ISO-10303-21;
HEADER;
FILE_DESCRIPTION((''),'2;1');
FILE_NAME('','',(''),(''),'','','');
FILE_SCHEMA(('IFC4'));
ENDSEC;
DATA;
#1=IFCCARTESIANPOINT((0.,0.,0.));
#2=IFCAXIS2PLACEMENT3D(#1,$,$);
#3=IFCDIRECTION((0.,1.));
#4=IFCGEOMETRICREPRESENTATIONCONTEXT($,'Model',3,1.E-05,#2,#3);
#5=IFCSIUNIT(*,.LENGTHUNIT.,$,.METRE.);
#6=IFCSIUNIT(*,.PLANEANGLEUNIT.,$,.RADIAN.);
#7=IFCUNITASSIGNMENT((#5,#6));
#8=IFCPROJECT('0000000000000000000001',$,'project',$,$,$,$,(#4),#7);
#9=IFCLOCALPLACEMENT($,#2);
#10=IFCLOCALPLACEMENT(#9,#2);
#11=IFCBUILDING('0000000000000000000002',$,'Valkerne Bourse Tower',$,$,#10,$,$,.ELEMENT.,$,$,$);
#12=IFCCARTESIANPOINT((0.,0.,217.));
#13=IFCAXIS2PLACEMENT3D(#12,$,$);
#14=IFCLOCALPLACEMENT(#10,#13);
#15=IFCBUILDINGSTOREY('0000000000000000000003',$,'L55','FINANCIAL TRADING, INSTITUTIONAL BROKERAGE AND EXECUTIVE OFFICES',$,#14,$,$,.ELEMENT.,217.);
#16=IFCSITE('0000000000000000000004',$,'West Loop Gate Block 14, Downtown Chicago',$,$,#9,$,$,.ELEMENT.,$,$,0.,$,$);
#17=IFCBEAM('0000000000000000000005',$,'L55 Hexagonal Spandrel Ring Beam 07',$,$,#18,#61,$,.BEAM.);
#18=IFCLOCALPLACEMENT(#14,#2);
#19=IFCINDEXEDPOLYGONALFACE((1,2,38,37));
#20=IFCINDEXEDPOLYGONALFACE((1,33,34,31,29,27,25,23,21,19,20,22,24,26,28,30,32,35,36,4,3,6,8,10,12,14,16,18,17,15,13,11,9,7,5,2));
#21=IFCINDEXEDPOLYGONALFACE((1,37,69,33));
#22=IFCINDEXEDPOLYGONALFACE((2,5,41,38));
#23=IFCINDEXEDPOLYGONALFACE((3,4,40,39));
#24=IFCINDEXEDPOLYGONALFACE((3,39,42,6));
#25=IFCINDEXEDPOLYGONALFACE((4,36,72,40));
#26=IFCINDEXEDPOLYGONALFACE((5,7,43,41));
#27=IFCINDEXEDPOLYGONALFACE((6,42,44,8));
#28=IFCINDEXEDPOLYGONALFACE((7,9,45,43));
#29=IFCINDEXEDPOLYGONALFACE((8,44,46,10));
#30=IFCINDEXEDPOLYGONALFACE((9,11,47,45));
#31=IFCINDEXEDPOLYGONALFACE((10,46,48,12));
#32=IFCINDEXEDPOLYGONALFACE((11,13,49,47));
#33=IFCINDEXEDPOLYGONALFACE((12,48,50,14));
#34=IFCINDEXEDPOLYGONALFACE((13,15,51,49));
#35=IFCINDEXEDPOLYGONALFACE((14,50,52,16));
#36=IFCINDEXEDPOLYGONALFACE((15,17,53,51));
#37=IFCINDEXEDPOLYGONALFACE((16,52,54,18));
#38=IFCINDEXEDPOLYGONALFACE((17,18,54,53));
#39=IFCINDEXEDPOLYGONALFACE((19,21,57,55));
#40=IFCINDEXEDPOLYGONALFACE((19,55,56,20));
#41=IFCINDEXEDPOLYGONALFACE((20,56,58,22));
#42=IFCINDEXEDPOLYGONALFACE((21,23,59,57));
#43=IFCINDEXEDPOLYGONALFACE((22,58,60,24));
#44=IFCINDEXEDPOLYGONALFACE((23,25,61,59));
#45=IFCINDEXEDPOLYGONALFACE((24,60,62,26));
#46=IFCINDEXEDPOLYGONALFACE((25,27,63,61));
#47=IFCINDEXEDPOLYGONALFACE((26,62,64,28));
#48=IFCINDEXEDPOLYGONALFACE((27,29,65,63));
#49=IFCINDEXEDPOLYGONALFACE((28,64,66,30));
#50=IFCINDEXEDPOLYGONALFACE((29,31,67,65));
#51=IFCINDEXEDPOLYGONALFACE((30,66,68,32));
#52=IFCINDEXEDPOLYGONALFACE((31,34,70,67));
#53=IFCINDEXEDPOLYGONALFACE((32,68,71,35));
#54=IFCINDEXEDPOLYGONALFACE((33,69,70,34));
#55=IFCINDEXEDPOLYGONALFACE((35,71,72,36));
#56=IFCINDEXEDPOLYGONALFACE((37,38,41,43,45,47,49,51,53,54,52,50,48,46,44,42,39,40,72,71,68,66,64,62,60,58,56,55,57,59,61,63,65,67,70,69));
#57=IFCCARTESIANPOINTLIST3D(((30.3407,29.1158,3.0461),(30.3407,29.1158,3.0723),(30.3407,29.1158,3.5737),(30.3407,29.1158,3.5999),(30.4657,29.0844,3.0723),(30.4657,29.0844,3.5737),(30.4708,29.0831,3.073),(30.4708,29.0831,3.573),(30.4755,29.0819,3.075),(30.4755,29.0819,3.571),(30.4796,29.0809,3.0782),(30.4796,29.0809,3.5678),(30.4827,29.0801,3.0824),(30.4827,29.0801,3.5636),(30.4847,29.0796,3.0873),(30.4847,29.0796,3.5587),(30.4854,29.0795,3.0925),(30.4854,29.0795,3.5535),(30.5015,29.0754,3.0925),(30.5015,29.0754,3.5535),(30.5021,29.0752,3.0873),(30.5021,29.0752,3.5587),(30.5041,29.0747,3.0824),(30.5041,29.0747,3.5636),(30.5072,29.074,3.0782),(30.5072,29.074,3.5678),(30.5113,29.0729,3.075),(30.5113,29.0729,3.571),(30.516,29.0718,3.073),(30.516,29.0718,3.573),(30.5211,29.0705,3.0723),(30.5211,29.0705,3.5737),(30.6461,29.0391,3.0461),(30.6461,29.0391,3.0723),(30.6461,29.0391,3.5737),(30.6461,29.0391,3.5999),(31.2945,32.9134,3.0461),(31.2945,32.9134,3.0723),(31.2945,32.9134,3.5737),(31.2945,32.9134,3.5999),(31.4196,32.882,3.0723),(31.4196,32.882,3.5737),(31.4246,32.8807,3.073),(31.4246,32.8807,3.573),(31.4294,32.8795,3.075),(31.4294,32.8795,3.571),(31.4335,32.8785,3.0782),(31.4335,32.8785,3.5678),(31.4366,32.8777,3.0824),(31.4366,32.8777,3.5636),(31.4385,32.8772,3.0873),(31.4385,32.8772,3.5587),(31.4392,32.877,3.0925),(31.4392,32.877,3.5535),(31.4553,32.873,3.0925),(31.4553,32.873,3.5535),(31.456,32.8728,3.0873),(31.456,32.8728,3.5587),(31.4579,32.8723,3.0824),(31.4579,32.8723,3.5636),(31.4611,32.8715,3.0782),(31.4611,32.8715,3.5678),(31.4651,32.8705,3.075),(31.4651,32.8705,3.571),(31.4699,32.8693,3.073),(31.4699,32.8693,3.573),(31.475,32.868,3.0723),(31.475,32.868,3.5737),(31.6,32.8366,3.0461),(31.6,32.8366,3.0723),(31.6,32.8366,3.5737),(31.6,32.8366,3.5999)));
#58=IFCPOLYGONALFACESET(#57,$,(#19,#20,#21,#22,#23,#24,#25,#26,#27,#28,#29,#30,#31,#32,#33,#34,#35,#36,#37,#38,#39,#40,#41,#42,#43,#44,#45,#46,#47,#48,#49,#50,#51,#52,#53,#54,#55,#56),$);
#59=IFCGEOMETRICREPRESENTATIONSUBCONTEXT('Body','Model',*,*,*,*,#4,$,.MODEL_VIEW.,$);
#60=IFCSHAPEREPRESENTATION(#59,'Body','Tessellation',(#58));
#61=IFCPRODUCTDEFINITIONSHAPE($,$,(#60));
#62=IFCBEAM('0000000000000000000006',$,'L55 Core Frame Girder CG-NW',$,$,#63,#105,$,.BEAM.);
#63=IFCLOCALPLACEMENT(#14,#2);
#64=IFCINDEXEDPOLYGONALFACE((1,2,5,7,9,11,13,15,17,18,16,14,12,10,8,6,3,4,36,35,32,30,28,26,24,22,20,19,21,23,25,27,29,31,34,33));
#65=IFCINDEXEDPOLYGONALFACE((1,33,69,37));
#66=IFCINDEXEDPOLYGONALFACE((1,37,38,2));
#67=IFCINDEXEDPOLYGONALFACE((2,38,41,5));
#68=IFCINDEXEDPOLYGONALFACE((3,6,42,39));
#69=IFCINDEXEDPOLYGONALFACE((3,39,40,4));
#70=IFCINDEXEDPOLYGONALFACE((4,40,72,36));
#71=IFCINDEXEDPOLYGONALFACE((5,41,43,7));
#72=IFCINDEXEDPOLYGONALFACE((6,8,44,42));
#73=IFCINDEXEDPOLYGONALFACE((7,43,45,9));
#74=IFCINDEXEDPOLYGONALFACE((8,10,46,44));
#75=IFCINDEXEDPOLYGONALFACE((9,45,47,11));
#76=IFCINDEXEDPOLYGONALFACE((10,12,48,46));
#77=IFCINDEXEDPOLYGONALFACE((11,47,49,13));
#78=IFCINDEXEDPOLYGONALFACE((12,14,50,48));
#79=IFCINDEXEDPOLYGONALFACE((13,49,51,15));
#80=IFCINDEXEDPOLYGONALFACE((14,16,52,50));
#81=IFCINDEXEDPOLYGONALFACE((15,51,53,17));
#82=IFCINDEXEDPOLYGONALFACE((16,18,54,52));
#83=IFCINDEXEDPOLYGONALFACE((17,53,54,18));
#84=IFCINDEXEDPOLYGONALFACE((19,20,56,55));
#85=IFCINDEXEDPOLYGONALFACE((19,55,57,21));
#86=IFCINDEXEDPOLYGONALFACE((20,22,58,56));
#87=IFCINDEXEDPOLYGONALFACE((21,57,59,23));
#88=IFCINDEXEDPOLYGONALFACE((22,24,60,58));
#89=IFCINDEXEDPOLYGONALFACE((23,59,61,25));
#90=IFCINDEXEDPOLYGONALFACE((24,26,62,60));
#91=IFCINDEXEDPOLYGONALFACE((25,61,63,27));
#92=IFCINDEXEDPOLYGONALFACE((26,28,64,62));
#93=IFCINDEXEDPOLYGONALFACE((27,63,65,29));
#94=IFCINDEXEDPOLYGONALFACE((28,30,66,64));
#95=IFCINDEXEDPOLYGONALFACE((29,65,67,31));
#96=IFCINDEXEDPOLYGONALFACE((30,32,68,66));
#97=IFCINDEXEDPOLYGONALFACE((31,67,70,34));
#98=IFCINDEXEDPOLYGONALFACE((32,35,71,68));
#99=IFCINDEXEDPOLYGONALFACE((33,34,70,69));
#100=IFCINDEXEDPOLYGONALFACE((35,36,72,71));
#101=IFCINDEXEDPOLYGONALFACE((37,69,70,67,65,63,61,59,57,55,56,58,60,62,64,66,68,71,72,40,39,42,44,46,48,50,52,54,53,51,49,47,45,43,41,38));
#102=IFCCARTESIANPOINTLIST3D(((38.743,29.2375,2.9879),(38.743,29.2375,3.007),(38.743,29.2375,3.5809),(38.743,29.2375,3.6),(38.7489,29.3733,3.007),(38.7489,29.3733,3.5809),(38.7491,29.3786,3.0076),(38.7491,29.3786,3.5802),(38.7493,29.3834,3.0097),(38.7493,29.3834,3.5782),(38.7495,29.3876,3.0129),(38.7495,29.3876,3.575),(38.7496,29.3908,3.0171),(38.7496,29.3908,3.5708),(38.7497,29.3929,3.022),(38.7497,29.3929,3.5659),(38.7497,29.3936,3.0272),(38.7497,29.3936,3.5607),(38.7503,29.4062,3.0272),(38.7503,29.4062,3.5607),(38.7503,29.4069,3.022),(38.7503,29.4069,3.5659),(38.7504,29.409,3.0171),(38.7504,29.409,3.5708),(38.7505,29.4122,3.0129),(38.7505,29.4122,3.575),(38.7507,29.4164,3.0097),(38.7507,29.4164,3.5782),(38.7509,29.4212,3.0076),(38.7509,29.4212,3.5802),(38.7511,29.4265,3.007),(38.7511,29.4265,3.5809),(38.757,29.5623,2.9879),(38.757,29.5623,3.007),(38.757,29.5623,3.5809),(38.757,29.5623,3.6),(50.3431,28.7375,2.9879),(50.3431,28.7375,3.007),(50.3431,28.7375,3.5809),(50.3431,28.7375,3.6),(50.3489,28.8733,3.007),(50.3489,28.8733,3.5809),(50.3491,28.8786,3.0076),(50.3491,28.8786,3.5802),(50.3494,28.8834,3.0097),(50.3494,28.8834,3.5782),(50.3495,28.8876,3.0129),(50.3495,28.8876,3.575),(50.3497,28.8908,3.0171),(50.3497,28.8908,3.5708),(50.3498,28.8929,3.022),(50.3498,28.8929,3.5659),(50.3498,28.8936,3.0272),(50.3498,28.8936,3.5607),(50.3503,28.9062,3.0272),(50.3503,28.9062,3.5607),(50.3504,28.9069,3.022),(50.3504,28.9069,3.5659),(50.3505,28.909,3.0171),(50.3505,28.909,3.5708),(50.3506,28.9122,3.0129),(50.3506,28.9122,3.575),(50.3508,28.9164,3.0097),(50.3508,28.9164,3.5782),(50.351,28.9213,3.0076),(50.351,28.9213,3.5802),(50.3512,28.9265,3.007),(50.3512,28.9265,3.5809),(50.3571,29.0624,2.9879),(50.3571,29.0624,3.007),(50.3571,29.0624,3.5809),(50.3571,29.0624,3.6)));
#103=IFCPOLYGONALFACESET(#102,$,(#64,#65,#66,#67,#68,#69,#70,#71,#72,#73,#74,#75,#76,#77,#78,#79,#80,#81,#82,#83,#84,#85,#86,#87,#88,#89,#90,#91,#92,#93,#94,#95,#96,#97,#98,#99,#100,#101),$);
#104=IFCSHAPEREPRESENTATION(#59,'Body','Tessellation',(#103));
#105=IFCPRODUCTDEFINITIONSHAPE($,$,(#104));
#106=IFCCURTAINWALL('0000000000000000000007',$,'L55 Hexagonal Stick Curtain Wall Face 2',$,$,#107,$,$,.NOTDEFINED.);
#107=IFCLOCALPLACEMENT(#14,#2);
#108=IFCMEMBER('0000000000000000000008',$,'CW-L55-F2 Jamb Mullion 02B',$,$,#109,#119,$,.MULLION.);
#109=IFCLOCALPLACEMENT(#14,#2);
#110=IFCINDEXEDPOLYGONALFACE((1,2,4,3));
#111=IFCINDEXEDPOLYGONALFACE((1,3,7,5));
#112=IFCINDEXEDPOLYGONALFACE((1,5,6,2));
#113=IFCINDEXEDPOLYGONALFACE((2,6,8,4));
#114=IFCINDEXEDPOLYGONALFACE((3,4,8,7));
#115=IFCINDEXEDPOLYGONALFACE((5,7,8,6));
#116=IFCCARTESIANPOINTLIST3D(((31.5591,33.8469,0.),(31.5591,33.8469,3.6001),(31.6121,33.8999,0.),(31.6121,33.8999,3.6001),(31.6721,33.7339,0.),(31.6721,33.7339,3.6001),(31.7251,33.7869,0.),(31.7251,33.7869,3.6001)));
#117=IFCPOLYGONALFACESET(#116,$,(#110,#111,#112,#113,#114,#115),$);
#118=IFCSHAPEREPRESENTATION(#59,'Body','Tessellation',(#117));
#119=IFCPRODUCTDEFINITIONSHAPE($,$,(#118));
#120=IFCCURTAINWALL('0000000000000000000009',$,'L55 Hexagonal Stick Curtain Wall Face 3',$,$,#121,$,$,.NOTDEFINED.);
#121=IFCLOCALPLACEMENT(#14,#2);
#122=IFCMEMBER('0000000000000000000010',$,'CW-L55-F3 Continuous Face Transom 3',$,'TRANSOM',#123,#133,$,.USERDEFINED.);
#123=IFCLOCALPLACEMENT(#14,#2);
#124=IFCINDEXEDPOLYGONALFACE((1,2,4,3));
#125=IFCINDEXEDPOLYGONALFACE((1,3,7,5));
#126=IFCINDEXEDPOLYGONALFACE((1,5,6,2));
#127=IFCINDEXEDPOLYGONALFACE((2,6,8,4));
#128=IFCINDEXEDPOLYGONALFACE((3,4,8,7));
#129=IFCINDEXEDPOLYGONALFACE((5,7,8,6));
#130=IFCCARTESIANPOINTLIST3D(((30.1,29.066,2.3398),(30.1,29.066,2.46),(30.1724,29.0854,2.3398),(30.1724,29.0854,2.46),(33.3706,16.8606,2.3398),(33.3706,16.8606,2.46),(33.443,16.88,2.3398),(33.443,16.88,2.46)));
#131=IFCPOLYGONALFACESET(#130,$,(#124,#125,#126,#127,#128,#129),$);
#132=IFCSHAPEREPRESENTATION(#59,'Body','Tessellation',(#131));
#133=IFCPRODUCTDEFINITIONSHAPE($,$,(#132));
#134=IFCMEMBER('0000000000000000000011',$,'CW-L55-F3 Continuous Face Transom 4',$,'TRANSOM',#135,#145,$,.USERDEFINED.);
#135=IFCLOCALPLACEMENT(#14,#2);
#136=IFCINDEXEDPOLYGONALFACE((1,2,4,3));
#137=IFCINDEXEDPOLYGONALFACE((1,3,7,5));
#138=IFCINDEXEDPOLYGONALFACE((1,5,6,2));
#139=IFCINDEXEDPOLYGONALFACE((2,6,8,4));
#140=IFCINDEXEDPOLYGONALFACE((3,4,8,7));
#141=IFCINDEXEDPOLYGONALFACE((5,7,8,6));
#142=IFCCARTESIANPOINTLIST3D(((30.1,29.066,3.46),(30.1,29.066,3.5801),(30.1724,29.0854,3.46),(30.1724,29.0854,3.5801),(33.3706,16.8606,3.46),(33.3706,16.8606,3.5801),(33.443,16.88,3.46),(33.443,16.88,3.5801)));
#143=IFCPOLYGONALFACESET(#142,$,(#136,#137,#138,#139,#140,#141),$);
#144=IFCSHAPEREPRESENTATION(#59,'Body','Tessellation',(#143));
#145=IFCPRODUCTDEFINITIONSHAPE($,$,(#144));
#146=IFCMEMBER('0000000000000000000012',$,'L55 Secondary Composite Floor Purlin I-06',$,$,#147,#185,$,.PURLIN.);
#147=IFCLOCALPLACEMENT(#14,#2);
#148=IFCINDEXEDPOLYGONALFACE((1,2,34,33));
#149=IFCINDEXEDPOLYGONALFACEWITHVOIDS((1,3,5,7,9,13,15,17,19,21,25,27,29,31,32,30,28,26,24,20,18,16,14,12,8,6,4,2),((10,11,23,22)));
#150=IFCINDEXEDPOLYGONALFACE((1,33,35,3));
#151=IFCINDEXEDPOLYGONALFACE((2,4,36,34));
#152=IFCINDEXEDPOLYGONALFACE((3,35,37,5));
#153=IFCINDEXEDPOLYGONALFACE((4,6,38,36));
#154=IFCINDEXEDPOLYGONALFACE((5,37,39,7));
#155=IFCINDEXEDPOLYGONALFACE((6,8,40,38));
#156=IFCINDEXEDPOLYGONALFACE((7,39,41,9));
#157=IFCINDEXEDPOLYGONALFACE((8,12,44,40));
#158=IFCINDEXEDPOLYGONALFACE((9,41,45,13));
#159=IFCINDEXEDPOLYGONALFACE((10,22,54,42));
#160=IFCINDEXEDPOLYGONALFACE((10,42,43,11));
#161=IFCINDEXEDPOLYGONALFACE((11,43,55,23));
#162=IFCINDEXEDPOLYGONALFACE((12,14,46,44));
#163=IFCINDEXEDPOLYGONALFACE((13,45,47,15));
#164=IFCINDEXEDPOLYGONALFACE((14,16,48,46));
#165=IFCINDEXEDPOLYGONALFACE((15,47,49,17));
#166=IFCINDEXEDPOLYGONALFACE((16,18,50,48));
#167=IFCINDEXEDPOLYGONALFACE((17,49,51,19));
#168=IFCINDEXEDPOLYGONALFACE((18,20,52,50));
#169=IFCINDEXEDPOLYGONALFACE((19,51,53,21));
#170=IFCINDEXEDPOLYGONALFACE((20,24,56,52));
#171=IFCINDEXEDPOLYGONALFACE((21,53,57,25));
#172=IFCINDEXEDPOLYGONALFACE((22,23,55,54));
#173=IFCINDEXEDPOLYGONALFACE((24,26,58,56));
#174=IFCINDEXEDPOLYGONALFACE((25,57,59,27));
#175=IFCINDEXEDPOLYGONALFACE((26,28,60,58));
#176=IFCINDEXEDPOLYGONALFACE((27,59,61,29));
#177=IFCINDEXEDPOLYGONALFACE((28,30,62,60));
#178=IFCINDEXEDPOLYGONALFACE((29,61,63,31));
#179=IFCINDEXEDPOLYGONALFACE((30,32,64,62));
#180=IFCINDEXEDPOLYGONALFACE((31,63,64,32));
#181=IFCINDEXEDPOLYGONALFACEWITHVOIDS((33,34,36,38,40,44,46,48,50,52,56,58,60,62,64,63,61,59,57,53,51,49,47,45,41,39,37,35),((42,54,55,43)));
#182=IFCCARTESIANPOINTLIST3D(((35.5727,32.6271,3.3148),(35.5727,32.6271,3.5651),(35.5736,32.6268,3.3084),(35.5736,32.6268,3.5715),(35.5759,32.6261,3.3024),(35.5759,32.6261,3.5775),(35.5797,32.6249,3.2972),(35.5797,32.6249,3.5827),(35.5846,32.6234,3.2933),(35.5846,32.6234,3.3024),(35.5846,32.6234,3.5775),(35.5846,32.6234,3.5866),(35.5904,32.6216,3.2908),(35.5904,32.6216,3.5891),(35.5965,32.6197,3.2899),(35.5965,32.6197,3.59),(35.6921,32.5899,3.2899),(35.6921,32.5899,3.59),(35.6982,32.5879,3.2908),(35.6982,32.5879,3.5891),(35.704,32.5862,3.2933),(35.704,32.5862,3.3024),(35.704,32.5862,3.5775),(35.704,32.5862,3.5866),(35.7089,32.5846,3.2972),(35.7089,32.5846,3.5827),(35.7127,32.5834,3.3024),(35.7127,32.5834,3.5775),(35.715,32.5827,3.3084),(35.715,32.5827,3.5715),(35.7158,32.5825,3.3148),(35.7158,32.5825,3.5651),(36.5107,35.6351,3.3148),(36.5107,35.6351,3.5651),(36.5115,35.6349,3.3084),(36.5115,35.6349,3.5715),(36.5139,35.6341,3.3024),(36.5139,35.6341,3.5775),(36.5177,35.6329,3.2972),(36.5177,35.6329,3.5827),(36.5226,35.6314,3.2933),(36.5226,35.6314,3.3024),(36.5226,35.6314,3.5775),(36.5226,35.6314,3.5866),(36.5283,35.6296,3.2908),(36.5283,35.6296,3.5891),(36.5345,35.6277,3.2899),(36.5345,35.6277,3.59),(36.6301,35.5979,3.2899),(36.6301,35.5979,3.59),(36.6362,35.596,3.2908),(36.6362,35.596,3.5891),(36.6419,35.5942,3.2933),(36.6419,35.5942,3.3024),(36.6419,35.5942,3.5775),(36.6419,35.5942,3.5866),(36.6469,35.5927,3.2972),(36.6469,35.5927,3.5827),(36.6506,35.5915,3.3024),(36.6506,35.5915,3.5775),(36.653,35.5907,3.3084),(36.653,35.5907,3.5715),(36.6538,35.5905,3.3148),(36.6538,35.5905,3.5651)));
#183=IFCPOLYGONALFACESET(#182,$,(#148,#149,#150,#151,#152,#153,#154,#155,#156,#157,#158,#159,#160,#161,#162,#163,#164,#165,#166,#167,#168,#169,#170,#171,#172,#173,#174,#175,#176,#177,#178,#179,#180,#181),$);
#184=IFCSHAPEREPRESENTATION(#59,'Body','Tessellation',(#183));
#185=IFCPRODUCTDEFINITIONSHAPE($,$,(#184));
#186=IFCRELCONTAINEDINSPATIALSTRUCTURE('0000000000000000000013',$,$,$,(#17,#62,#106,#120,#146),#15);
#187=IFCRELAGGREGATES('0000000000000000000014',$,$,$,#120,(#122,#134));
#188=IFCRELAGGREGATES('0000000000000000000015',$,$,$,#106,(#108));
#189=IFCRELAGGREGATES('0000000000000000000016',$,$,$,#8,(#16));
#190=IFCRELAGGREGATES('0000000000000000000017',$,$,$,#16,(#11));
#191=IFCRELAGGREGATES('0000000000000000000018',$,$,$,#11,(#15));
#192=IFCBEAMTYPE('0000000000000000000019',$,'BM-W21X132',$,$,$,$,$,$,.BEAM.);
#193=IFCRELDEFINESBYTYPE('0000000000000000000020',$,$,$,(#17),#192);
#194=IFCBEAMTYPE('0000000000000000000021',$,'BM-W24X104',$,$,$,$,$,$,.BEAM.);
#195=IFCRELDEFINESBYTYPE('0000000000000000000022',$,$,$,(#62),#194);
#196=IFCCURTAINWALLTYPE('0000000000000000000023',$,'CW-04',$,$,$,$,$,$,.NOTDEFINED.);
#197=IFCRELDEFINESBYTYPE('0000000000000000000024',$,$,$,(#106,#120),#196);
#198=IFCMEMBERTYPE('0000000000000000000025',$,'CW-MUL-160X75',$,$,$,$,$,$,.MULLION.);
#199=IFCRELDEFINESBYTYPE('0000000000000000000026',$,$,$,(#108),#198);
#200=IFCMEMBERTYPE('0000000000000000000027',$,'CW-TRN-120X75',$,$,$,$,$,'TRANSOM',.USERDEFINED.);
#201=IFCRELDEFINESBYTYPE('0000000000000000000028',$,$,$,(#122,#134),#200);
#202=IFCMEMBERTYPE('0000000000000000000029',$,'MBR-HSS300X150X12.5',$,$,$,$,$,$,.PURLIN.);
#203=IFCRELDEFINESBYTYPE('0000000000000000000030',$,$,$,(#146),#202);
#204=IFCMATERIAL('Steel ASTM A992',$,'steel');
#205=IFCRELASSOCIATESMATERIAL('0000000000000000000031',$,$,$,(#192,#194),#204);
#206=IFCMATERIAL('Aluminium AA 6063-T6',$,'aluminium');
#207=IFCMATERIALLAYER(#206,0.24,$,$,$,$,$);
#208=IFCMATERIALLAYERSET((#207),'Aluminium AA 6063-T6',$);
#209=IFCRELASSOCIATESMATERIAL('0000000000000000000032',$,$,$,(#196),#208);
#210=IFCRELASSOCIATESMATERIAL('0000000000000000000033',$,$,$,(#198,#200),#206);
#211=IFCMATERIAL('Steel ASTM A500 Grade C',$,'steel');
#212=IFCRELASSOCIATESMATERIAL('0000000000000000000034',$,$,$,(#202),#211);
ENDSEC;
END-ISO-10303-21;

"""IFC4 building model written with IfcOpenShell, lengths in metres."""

from ifc_helpers import new_model, si_unit, direction, frame, origin, origin_2d, place, context, subcontext, project, spatial, rectangle, hollow_rectangle, i_section, extrude, material, layer, layer_set, material_profile, profile_set, type_object, element, aggregate, save


model = new_model("IFC4")

# Units and contexts
model_context = context("Model", 3, precision=1e-05, world=origin(), true_north=direction((0.0, 1.0)))
body_context = subcontext(model_context, "Body", "Model", "MODEL_VIEW")
ifc_project = project(units=[si_unit("LENGTHUNIT", "METRE"), si_unit("PLANEANGLEUNIT", "RADIAN")], contexts=[model_context])

# Site, building, storey
site_placement = place(None, origin())
site = spatial("IfcSite", under=ifc_project, at=site_placement, Name="West Loop Gate Block 14, Downtown Chicago", CompositionType="ELEMENT", RefElevation=0.0)
building_placement = place(site_placement, origin())
building = spatial("IfcBuilding", under=site, at=building_placement, Name="Valkerne Bourse Tower", CompositionType="ELEMENT")
storey_placement = place(building_placement, frame((0.0, 0.0, 217.0)))
storey = spatial("IfcBuildingStorey", under=building, at=storey_placement, Name="L55", Description="FINANCIAL TRADING, INSTITUTIONAL BROKERAGE AND EXECUTIVE OFFICES", CompositionType="ELEMENT", Elevation=217.0)

# Beams
ifc_material_1 = material(Name="Steel ASTM A992", Category="steel")
ifc_material_profile_1 = material_profile(ifc_material_1, i_section(OverallWidth=0.3149, OverallDepth=0.5537, WebThickness=0.0166, FlangeThickness=0.0261, FilletRadius=0.0203, at=origin_2d()), Name="W21X132")
ifc_profile_set_1 = profile_set([ifc_material_profile_1], Name="Steel ASTM A992")
beam_type_1 = type_object("IfcBeamType", Name="BM-W21X132", PredefinedType="BEAM", material=ifc_profile_set_1)
beam_1_placement = place(storey_placement, frame((31.4473, 32.875, 3.323), z_axis=(-0.243606, -0.969874, 0.0), x_axis=(0.969874, -0.243606, 0.0)))
element("IfcBeam", 1, at=beam_1_placement, inside=storey, type_object=beam_type_1, Name="L55 Hexagonal Spandrel Ring Beam 07", PredefinedType="BEAM", context=body_context, shape_type="SweptSolid", body=[
    extrude(i_section(OverallWidth=0.3149, OverallDepth=0.5537, WebThickness=0.0166, FlangeThickness=0.0261, FilletRadius=0.0203, at=origin_2d()), origin(), (0.0, 0.0, 1.0), 3.9155),
])
ifc_material_profile_2 = material_profile(ifc_material_1, i_section(OverallWidth=0.3252, OverallDepth=0.6121, WebThickness=0.0127, FlangeThickness=0.019, FilletRadius=0.0203, at=origin_2d()), Name="W24X104")
ifc_profile_set_2 = profile_set([ifc_material_profile_2], Name="Steel ASTM A992")
beam_type_2 = type_object("IfcBeamType", Name="BM-W24X104", PredefinedType="BEAM", material=ifc_profile_set_2)
beam_2_placement = place(storey_placement, frame((38.75, 29.3999, 3.2939), z_axis=(0.999072, -0.043063, 0.0), x_axis=(0.043063, 0.999072, 0.0)))
element("IfcBeam", 2, at=beam_2_placement, inside=storey, type_object=beam_type_2, Name="L55 Core Frame Girder CG-NW", PredefinedType="BEAM", context=body_context, shape_type="SweptSolid", body=[
    extrude(i_section(OverallWidth=0.3252, OverallDepth=0.6121, WebThickness=0.0127, FlangeThickness=0.019, FilletRadius=0.0203, at=origin_2d()), origin(), (0.0, 0.0, 1.0), 11.6108),
])

# Curtain wall, member
ifc_material_2 = material(Name="Aluminium AA 6063-T6", Category="aluminium")
ifc_layer_1 = layer(ifc_material_2, 0.24)
ifc_layer_set_1 = layer_set([ifc_layer_1], Name="Aluminium AA 6063-T6")
curtain_wall_type = type_object("IfcCurtainWallType", Name="CW-04", PredefinedType="NOTDEFINED", material=ifc_layer_set_1)
curtain_wall_1_placement = place(storey_placement, origin())
curtain_wall_1 = element("IfcCurtainWall", 3, at=curtain_wall_1_placement, inside=storey, type_object=curtain_wall_type, Name="L55 Hexagonal Stick Curtain Wall Face 2", PredefinedType="NOTDEFINED")
ifc_material_profile_3 = material_profile(ifc_material_2, rectangle(XDim=0.075, YDim=0.1599, at=origin_2d()), Name="CWM-75X160")
ifc_profile_set_3 = profile_set([ifc_material_profile_3], Name="Aluminium AA 6063-T6")
member_type_1 = type_object("IfcMemberType", Name="CW-MUL-160X75", PredefinedType="MULLION", material=ifc_profile_set_3)
member_1_placement = place(storey_placement, frame((31.6421, 33.8169, 0.0), z_axis=(0.0, 0.0, 1.0), x_axis=(-0.707095, -0.707119, 0.0)))
member_1 = element("IfcMember", 4, at=member_1_placement, type_object=member_type_1, Name="CW-L55-F2 Jamb Mullion 02B", PredefinedType="MULLION", context=body_context, shape_type="SweptSolid", body=[
    extrude(rectangle(XDim=0.075, YDim=0.1599, at=origin_2d()), origin(), (0.0, 0.0, 1.0), 3.6001),
])

# Curtain wall, members
curtain_wall_2_placement = place(storey_placement, origin())
curtain_wall_2 = element("IfcCurtainWall", 5, at=curtain_wall_2_placement, inside=storey, type_object=curtain_wall_type, Name="L55 Hexagonal Stick Curtain Wall Face 3", PredefinedType="NOTDEFINED")
ifc_material_profile_4 = material_profile(ifc_material_2, rectangle(XDim=0.075, YDim=0.1201, at=origin_2d()), Name="CWT-75X120")
ifc_profile_set_4 = profile_set([ifc_material_profile_4], Name="Aluminium AA 6063-T6")
member_type_2 = type_object("IfcMemberType", Name="CW-TRN-120X75", ElementType="TRANSOM", PredefinedType="USERDEFINED", material=ifc_profile_set_4)
member_2_placement = place(storey_placement, frame((30.1362, 29.0757, 2.3999), z_axis=(0.258827, -0.965924, 0.0), x_axis=(0.965924, 0.258827, 0.0)))
member_2 = element("IfcMember", 6, at=member_2_placement, type_object=member_type_2, Name="CW-L55-F3 Continuous Face Transom 3", ObjectType="TRANSOM", PredefinedType="USERDEFINED", context=body_context, shape_type="SweptSolid", body=[
    extrude(rectangle(XDim=0.075, YDim=0.1201, at=origin_2d()), origin(), (0.0, 0.0, 1.0), 12.636),
])
member_3_placement = place(storey_placement, frame((30.1362, 29.0757, 3.52), z_axis=(0.258827, -0.965924, 0.0), x_axis=(0.965924, 0.258827, 0.0)))
member_3 = element("IfcMember", 7, at=member_3_placement, type_object=member_type_2, Name="CW-L55-F3 Continuous Face Transom 4", ObjectType="TRANSOM", PredefinedType="USERDEFINED", context=body_context, shape_type="SweptSolid", body=[
    extrude(rectangle(XDim=0.075, YDim=0.1201, at=origin_2d()), origin(), (0.0, 0.0, 1.0), 12.636),
])
aggregate(curtain_wall_2, [member_2, member_3])

# Member
ifc_material_3 = material(Name="Steel ASTM A500 Grade C", Category="steel")
ifc_material_profile_5 = material_profile(ifc_material_3, hollow_rectangle(XDim=0.1499, YDim=0.3, WallThickness=0.0125, OuterFilletRadius=0.0249, at=origin_2d()), Name="HSS300X150X12.5")
ifc_profile_set_5 = profile_set([ifc_material_profile_5], Name="Steel ASTM A500 Grade C")
member_type_3 = type_object("IfcMemberType", Name="MBR-HSS300X150X12.5", PredefinedType="PURLIN", material=ifc_profile_set_5)
member_4_placement = place(storey_placement, frame((36.5823, 35.6128, 3.4399), z_axis=(-0.297688, -0.954663, 0.0), x_axis=(0.954663, -0.297688, 0.0)))
element("IfcMember", 8, at=member_4_placement, inside=storey, type_object=member_type_3, Name="L55 Secondary Composite Floor Purlin I-06", PredefinedType="PURLIN", context=body_context, shape_type="SweptSolid", body=[
    extrude(hollow_rectangle(XDim=0.1499, YDim=0.3, WallThickness=0.0125, OuterFilletRadius=0.0249, at=origin_2d()), origin(), (0.0, 0.0, 1.0), 3.1509),
])

aggregate(curtain_wall_1, [member_1])

save(model, "model.ifc")
